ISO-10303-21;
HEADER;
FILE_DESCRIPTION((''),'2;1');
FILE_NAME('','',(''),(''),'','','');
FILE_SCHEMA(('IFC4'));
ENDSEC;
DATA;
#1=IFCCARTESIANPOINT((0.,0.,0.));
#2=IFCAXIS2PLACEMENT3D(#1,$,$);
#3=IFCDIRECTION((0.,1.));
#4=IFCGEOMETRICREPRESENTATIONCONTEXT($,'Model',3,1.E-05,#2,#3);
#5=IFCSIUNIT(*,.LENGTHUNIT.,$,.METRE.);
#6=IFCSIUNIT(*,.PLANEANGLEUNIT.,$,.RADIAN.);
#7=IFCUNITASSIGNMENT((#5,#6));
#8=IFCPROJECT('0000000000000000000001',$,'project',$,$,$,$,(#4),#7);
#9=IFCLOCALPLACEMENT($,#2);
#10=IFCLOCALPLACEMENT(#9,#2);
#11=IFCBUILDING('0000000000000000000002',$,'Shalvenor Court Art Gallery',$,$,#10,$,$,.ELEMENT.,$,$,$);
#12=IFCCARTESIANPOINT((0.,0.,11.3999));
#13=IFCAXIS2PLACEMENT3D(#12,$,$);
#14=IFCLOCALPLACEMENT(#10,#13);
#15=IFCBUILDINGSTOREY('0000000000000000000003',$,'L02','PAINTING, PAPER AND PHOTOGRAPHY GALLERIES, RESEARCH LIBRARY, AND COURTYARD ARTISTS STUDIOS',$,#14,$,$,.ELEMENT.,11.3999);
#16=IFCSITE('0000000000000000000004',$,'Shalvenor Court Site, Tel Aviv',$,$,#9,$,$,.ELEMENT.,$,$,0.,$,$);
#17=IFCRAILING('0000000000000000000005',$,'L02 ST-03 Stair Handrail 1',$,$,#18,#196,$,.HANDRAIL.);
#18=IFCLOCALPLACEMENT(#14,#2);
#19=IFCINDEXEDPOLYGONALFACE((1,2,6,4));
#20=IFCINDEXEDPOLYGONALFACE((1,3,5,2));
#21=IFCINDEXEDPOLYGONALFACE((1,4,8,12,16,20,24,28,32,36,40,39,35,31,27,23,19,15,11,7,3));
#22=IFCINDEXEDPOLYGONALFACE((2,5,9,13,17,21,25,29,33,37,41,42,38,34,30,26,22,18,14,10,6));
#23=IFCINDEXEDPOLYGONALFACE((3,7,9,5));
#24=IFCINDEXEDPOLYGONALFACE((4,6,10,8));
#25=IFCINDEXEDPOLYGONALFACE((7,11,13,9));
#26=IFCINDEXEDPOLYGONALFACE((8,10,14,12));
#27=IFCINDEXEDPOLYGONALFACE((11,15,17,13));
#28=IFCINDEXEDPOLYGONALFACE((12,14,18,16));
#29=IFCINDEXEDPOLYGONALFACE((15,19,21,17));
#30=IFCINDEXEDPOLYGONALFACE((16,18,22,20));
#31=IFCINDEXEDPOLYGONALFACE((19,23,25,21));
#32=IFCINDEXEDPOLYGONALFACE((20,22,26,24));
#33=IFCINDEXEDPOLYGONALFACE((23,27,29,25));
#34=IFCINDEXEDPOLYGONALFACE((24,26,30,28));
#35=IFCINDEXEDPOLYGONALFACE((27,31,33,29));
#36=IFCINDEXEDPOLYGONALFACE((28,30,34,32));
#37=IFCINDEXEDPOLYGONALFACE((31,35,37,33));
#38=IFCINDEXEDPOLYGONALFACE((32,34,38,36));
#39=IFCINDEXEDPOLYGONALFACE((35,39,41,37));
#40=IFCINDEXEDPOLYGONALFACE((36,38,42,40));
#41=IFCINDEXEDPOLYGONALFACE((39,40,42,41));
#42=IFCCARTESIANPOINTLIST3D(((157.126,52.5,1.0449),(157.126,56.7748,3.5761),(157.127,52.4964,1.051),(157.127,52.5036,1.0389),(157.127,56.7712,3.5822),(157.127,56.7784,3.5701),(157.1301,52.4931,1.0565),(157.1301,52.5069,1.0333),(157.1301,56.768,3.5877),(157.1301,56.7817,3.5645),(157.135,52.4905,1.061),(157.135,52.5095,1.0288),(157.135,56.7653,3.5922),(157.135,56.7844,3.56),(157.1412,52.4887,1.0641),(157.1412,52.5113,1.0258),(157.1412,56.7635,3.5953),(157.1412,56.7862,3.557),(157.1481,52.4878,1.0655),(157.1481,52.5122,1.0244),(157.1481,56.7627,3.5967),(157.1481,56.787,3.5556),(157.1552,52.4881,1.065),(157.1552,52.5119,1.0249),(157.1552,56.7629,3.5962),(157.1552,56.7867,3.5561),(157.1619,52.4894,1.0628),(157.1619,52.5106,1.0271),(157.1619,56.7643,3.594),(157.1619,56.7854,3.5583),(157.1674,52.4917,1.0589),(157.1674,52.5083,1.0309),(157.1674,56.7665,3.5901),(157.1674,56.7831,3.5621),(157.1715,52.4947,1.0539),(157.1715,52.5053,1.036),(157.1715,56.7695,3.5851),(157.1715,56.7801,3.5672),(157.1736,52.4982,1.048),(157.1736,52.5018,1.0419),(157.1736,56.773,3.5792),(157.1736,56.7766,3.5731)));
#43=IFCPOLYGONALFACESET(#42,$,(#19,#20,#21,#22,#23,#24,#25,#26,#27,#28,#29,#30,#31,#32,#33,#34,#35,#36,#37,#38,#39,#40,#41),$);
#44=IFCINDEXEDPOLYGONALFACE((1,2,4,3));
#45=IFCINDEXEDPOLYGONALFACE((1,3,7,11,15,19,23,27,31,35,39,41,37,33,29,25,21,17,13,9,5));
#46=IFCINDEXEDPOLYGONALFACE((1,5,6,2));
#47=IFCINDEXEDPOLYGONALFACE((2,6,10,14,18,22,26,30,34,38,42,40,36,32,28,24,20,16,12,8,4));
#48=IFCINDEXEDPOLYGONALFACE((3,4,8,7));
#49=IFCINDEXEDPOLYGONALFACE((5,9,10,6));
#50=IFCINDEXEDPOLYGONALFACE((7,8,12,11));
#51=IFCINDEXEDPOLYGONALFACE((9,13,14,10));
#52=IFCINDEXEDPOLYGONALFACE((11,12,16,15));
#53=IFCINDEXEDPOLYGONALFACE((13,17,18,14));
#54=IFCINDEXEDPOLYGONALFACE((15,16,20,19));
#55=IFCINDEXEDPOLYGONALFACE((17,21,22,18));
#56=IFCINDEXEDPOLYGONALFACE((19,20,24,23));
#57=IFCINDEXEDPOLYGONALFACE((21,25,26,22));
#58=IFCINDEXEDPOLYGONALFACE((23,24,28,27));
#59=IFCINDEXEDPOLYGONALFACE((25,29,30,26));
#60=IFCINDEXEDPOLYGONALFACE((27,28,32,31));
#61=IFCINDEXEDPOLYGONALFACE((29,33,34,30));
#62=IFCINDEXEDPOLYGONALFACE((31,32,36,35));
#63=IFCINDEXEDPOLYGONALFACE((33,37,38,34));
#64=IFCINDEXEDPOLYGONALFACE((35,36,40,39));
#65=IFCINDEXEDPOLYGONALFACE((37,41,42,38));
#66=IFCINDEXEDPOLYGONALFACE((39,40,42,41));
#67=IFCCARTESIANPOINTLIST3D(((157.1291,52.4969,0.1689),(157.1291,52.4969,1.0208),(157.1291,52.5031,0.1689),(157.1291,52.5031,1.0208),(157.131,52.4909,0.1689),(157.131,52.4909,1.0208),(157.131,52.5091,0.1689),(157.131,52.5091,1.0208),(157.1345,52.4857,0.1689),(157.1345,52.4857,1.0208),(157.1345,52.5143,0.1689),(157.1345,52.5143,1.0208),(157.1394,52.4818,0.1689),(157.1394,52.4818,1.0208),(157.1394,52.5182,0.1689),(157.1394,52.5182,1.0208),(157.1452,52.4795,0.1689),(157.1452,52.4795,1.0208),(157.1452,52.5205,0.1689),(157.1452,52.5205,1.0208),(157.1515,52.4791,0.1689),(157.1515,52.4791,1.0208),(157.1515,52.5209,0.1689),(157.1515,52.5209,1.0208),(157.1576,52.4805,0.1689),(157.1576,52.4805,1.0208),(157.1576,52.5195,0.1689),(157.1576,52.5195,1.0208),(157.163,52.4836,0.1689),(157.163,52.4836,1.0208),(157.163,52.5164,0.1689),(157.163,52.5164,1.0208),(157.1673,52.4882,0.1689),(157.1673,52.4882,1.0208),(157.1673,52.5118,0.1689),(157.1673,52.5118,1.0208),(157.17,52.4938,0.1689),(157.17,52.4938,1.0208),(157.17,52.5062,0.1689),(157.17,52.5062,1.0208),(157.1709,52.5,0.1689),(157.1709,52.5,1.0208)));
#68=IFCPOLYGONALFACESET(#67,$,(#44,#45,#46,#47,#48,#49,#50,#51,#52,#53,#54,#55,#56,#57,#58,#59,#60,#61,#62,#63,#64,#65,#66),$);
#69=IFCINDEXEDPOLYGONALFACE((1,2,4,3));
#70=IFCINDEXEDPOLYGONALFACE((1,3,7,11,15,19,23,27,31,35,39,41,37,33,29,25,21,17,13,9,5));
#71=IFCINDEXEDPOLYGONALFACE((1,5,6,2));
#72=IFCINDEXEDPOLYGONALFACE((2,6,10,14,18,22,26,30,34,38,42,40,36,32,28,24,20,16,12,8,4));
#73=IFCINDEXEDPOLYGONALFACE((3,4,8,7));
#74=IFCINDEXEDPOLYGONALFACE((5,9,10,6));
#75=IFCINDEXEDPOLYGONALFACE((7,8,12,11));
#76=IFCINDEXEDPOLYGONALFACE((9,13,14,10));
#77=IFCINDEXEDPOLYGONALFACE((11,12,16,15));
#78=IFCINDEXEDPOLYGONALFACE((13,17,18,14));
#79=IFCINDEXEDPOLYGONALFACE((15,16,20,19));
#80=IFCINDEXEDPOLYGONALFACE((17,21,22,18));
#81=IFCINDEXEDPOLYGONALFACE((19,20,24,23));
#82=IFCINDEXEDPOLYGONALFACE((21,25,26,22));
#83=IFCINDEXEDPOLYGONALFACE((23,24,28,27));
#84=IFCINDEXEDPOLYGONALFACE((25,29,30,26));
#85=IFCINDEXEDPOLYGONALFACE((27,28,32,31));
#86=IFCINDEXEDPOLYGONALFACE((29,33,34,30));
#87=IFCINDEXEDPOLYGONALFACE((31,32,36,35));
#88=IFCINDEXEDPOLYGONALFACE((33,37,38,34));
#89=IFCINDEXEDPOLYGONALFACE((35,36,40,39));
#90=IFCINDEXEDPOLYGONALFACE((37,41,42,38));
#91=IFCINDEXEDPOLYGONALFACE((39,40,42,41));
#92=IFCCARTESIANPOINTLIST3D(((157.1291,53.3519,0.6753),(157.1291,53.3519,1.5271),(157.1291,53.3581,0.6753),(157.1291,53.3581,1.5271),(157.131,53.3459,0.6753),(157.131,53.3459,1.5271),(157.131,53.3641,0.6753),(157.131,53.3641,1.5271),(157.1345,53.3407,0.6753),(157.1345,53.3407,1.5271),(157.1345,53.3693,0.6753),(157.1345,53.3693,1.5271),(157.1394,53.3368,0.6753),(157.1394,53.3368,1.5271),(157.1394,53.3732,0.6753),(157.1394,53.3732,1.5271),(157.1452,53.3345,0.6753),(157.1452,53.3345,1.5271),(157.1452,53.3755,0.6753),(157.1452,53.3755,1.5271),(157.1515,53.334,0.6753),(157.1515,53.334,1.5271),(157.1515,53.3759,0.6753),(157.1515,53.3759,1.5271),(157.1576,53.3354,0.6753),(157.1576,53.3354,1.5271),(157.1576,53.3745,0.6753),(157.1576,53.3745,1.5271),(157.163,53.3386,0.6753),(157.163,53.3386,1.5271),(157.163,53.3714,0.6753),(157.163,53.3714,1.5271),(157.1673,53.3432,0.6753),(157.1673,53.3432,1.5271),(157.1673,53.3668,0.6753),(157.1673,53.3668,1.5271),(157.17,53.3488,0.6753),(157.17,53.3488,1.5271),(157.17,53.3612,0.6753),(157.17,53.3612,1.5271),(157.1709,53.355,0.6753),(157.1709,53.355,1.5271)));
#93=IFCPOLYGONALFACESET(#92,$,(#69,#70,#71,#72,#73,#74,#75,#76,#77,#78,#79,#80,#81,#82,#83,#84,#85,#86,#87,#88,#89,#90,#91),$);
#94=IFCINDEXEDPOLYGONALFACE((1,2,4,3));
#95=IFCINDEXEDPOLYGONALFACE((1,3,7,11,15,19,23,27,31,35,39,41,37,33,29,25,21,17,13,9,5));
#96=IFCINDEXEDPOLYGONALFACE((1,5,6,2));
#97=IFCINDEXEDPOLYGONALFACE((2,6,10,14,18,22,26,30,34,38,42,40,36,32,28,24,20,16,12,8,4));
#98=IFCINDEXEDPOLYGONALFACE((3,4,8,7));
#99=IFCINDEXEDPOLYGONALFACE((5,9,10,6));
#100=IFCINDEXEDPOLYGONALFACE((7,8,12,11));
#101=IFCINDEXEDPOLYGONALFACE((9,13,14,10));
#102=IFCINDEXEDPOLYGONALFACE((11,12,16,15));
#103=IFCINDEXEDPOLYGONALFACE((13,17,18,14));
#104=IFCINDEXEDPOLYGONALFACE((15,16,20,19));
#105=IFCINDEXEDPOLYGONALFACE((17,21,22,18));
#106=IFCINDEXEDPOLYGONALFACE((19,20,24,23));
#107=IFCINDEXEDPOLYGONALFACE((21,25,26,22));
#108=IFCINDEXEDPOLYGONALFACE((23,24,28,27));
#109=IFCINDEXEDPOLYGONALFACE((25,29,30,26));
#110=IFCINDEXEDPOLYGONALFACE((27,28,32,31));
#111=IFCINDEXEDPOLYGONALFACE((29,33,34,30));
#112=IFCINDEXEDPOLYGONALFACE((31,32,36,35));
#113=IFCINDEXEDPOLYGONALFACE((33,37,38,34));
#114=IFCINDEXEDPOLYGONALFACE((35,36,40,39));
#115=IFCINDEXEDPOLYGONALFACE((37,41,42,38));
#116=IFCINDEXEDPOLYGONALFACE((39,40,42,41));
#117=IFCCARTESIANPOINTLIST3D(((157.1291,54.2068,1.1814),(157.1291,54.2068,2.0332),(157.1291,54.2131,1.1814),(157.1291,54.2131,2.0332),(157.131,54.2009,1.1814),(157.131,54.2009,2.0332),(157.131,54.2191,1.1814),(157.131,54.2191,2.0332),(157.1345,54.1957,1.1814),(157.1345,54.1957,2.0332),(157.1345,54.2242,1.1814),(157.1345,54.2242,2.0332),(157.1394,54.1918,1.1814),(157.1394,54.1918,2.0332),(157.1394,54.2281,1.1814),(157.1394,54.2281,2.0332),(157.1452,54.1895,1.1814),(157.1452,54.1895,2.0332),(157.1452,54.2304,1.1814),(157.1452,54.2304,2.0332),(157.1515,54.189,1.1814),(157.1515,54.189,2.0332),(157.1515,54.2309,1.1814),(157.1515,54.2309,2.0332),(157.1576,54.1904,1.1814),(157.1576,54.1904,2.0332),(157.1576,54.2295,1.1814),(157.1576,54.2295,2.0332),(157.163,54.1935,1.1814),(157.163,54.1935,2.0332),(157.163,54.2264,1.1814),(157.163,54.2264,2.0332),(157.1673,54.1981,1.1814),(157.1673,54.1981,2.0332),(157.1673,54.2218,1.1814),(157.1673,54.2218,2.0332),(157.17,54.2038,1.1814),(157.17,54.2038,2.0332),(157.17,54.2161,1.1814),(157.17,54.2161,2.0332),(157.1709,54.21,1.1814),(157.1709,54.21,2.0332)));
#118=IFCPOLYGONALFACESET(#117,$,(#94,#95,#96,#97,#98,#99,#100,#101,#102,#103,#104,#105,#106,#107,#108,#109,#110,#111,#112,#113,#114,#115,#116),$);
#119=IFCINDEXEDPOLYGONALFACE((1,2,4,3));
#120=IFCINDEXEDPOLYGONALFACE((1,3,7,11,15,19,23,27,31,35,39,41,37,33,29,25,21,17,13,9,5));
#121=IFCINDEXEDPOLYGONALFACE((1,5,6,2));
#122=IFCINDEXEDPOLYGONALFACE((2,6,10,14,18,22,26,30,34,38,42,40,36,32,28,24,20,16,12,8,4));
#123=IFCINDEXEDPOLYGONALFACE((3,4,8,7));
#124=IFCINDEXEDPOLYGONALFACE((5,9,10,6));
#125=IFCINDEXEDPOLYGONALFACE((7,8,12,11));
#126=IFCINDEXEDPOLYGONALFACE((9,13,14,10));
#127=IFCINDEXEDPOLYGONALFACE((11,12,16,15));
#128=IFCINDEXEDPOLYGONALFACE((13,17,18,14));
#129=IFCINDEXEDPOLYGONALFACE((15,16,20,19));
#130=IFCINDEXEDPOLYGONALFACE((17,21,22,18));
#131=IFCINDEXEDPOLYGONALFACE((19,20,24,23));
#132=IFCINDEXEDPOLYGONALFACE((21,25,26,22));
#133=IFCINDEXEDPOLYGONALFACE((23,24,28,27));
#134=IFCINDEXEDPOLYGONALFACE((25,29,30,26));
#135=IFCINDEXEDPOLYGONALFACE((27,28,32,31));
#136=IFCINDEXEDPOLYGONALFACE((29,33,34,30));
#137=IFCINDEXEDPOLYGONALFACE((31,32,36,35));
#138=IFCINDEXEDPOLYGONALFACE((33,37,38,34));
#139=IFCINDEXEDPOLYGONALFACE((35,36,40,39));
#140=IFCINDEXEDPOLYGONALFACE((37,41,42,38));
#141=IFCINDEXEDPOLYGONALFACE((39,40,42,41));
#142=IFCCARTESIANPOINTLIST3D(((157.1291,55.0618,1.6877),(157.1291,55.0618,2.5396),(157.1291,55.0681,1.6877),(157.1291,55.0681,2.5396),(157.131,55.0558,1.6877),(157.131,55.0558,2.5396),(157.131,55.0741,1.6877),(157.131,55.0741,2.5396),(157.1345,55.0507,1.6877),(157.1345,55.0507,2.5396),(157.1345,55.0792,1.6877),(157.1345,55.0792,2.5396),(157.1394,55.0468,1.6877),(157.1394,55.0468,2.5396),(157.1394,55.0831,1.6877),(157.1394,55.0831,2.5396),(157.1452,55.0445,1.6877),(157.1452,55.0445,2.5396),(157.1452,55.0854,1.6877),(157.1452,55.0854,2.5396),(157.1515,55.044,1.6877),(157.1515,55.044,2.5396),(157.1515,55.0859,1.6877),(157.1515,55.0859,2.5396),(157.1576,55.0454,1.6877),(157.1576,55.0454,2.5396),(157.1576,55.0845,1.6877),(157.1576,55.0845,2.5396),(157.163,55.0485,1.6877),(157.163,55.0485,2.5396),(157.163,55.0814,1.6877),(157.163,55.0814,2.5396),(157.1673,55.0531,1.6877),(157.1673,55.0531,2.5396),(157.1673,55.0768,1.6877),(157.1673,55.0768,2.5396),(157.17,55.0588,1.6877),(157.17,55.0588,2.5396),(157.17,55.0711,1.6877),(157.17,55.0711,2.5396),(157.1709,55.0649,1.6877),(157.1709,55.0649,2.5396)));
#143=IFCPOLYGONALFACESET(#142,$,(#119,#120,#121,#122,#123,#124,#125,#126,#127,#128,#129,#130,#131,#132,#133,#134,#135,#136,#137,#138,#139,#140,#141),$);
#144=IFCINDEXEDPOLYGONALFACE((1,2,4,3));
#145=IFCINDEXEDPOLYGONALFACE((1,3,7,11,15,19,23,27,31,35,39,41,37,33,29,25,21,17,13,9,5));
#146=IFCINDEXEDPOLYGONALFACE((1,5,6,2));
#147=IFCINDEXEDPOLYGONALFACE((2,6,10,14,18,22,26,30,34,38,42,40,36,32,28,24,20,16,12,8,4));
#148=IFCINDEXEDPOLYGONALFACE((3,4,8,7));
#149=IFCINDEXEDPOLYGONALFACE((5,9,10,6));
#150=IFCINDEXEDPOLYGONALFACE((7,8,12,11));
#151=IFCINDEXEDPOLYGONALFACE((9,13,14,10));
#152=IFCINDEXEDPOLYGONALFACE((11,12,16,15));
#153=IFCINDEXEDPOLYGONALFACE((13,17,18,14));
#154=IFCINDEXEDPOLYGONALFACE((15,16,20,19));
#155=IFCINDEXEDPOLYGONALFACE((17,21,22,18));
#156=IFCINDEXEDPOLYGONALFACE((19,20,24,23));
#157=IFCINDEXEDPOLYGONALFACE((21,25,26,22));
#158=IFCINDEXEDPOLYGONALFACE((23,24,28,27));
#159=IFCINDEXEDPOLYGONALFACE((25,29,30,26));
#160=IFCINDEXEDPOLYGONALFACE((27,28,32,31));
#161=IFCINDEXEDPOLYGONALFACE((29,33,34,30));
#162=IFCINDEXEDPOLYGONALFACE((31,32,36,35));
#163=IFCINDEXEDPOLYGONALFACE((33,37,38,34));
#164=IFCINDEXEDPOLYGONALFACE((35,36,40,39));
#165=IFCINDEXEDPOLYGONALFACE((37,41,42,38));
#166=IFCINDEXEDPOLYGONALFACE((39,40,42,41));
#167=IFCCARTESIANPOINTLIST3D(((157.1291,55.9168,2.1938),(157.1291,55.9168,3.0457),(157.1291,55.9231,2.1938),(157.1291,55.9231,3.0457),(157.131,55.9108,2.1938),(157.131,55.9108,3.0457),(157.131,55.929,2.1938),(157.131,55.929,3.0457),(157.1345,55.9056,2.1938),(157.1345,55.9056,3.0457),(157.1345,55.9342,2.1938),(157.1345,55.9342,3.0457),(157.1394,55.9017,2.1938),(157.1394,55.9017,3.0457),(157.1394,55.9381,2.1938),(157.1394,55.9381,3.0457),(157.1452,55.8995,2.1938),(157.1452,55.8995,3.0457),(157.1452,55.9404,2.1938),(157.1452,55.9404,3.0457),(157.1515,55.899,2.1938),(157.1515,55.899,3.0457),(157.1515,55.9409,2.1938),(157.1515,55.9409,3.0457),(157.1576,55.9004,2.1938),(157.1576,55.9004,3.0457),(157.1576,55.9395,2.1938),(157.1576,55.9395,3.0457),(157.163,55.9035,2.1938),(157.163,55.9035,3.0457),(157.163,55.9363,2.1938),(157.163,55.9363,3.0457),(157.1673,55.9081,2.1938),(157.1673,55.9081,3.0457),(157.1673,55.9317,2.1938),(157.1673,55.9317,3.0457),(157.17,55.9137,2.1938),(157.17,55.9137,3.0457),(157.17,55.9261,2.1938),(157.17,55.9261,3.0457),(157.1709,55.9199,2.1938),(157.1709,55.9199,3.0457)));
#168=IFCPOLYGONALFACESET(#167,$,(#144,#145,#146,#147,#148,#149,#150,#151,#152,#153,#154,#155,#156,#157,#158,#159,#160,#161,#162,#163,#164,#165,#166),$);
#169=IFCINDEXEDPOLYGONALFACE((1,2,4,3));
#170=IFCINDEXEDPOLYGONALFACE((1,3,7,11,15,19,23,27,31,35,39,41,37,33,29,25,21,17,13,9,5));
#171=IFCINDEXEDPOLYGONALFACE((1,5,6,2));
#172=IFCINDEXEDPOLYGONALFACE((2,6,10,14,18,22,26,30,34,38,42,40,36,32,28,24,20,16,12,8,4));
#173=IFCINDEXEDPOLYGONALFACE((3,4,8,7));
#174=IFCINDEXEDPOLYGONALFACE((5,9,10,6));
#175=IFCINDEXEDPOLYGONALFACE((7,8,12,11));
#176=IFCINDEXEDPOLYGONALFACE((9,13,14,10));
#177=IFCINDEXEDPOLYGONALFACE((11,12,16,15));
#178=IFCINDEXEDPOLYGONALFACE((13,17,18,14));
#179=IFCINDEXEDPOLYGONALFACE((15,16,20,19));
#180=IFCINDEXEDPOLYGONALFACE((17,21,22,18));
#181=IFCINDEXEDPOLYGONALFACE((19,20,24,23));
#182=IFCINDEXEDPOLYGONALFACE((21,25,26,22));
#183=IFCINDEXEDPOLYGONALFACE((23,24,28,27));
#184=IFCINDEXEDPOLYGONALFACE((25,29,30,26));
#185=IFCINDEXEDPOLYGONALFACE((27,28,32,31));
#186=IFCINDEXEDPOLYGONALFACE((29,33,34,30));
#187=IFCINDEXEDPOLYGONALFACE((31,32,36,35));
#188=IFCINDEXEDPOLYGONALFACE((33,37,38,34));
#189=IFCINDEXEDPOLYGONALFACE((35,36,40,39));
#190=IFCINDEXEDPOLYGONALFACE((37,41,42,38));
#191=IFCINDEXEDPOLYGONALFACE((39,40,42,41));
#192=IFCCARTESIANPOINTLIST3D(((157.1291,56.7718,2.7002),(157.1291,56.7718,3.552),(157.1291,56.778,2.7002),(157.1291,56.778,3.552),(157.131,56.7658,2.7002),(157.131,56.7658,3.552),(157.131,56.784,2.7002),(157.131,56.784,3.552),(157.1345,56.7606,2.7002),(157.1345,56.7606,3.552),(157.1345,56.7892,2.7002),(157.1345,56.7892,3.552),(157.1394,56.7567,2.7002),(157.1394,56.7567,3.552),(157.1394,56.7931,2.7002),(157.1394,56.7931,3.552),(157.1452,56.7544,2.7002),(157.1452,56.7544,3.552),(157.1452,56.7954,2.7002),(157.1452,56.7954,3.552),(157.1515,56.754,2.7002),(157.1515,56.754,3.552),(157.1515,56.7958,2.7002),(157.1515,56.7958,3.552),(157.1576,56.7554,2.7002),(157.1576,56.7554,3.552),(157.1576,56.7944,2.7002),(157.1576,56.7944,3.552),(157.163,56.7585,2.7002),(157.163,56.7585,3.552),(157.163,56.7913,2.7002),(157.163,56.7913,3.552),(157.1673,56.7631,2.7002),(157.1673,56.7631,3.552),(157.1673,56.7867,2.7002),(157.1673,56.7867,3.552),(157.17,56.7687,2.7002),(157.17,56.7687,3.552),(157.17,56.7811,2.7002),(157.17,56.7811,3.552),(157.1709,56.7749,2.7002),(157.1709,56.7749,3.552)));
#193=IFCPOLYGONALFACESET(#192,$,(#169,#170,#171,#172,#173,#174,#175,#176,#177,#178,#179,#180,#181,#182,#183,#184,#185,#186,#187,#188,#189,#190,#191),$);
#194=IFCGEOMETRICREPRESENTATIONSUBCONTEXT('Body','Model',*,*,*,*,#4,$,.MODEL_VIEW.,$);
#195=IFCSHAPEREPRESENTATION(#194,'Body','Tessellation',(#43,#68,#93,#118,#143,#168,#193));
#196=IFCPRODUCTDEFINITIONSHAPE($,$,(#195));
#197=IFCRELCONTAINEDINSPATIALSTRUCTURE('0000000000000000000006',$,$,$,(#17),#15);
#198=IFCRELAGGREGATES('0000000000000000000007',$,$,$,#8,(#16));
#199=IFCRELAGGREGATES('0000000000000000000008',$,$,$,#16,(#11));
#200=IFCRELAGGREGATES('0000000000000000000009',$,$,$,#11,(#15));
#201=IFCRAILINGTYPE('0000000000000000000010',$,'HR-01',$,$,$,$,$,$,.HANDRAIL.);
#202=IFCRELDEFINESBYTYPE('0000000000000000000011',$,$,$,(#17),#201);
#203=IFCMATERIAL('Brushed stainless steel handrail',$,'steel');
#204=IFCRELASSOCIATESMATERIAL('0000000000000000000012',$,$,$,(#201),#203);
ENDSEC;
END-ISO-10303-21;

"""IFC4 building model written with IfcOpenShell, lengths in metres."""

from ifc_helpers import new_model, si_unit, direction, frame, origin, origin_2d, place, context, subcontext, project, spatial, circle, extrude, material, type_object, element, save


model = new_model("IFC4")

# Units and contexts
model_context = context("Model", 3, precision=1e-05, world=origin(), true_north=direction((0.0, 1.0)))
body_context = subcontext(model_context, "Body", "Model", "MODEL_VIEW")
ifc_project = project(units=[si_unit("LENGTHUNIT", "METRE"), si_unit("PLANEANGLEUNIT", "RADIAN")], contexts=[model_context])

# Site, building, storey
site_placement = place(None, origin())
site = spatial("IfcSite", under=ifc_project, at=site_placement, Name="Shalvenor Court Site, Tel Aviv", CompositionType="ELEMENT", RefElevation=0.0)
building_placement = place(site_placement, origin())
building = spatial("IfcBuilding", under=site, at=building_placement, Name="Shalvenor Court Art Gallery", CompositionType="ELEMENT")
storey_placement = place(building_placement, frame((0.0, 0.0, 11.3999)))
storey = spatial("IfcBuildingStorey", under=building, at=storey_placement, Name="L02", Description="PAINTING, PAPER AND PHOTOGRAPHY GALLERIES, RESEARCH LIBRARY, AND COURTYARD ARTISTS STUDIOS", CompositionType="ELEMENT", Elevation=11.3999)

# Railing
ifc_material_1 = material(Name="Brushed stainless steel handrail", Category="steel")
railing_type_1 = type_object("IfcRailingType", Name="HR-01", PredefinedType="HANDRAIL", material=ifc_material_1)
railing_1_placement = place(storey_placement, frame((157.1499, 52.5, 0.1689)))
element("IfcRailing", 1, at=railing_1_placement, inside=storey, type_object=railing_type_1, Name="L02 ST-03 Stair Handrail 1", PredefinedType="HANDRAIL", context=body_context, shape_type="SweptSolid", body=[
    extrude(circle(Radius=0.0239, at=origin_2d()), frame((0.0, 0.0, 0.876), z_axis=(0.0, 0.86047, 0.509501), x_axis=(-1.0, 0.0, 0.0)), (0.0, 0.0, 1.0), 4.968),
    extrude(circle(Radius=0.021, at=origin_2d()), origin(), (0.0, 0.0, 1.0), 0.8518),
    extrude(circle(Radius=0.021, at=origin_2d()), frame((0.0, 0.855, 0.5063)), (0.0, 0.0, 1.0), 0.8518),
    extrude(circle(Radius=0.021, at=origin_2d()), frame((0.0, 1.71, 1.0125)), (0.0, 0.0, 1.0), 0.8518),
    extrude(circle(Radius=0.021, at=origin_2d()), frame((0.0, 2.5649, 1.5188)), (0.0, 0.0, 1.0), 0.8518),
    extrude(circle(Radius=0.021, at=origin_2d()), frame((0.0, 3.4199, 2.0249)), (0.0, 0.0, 1.0), 0.8518),
    extrude(circle(Radius=0.021, at=origin_2d()), frame((0.0, 4.2749, 2.5312)), (0.0, 0.0, 1.0), 0.8518),
])

save(model, "model.ifc")
